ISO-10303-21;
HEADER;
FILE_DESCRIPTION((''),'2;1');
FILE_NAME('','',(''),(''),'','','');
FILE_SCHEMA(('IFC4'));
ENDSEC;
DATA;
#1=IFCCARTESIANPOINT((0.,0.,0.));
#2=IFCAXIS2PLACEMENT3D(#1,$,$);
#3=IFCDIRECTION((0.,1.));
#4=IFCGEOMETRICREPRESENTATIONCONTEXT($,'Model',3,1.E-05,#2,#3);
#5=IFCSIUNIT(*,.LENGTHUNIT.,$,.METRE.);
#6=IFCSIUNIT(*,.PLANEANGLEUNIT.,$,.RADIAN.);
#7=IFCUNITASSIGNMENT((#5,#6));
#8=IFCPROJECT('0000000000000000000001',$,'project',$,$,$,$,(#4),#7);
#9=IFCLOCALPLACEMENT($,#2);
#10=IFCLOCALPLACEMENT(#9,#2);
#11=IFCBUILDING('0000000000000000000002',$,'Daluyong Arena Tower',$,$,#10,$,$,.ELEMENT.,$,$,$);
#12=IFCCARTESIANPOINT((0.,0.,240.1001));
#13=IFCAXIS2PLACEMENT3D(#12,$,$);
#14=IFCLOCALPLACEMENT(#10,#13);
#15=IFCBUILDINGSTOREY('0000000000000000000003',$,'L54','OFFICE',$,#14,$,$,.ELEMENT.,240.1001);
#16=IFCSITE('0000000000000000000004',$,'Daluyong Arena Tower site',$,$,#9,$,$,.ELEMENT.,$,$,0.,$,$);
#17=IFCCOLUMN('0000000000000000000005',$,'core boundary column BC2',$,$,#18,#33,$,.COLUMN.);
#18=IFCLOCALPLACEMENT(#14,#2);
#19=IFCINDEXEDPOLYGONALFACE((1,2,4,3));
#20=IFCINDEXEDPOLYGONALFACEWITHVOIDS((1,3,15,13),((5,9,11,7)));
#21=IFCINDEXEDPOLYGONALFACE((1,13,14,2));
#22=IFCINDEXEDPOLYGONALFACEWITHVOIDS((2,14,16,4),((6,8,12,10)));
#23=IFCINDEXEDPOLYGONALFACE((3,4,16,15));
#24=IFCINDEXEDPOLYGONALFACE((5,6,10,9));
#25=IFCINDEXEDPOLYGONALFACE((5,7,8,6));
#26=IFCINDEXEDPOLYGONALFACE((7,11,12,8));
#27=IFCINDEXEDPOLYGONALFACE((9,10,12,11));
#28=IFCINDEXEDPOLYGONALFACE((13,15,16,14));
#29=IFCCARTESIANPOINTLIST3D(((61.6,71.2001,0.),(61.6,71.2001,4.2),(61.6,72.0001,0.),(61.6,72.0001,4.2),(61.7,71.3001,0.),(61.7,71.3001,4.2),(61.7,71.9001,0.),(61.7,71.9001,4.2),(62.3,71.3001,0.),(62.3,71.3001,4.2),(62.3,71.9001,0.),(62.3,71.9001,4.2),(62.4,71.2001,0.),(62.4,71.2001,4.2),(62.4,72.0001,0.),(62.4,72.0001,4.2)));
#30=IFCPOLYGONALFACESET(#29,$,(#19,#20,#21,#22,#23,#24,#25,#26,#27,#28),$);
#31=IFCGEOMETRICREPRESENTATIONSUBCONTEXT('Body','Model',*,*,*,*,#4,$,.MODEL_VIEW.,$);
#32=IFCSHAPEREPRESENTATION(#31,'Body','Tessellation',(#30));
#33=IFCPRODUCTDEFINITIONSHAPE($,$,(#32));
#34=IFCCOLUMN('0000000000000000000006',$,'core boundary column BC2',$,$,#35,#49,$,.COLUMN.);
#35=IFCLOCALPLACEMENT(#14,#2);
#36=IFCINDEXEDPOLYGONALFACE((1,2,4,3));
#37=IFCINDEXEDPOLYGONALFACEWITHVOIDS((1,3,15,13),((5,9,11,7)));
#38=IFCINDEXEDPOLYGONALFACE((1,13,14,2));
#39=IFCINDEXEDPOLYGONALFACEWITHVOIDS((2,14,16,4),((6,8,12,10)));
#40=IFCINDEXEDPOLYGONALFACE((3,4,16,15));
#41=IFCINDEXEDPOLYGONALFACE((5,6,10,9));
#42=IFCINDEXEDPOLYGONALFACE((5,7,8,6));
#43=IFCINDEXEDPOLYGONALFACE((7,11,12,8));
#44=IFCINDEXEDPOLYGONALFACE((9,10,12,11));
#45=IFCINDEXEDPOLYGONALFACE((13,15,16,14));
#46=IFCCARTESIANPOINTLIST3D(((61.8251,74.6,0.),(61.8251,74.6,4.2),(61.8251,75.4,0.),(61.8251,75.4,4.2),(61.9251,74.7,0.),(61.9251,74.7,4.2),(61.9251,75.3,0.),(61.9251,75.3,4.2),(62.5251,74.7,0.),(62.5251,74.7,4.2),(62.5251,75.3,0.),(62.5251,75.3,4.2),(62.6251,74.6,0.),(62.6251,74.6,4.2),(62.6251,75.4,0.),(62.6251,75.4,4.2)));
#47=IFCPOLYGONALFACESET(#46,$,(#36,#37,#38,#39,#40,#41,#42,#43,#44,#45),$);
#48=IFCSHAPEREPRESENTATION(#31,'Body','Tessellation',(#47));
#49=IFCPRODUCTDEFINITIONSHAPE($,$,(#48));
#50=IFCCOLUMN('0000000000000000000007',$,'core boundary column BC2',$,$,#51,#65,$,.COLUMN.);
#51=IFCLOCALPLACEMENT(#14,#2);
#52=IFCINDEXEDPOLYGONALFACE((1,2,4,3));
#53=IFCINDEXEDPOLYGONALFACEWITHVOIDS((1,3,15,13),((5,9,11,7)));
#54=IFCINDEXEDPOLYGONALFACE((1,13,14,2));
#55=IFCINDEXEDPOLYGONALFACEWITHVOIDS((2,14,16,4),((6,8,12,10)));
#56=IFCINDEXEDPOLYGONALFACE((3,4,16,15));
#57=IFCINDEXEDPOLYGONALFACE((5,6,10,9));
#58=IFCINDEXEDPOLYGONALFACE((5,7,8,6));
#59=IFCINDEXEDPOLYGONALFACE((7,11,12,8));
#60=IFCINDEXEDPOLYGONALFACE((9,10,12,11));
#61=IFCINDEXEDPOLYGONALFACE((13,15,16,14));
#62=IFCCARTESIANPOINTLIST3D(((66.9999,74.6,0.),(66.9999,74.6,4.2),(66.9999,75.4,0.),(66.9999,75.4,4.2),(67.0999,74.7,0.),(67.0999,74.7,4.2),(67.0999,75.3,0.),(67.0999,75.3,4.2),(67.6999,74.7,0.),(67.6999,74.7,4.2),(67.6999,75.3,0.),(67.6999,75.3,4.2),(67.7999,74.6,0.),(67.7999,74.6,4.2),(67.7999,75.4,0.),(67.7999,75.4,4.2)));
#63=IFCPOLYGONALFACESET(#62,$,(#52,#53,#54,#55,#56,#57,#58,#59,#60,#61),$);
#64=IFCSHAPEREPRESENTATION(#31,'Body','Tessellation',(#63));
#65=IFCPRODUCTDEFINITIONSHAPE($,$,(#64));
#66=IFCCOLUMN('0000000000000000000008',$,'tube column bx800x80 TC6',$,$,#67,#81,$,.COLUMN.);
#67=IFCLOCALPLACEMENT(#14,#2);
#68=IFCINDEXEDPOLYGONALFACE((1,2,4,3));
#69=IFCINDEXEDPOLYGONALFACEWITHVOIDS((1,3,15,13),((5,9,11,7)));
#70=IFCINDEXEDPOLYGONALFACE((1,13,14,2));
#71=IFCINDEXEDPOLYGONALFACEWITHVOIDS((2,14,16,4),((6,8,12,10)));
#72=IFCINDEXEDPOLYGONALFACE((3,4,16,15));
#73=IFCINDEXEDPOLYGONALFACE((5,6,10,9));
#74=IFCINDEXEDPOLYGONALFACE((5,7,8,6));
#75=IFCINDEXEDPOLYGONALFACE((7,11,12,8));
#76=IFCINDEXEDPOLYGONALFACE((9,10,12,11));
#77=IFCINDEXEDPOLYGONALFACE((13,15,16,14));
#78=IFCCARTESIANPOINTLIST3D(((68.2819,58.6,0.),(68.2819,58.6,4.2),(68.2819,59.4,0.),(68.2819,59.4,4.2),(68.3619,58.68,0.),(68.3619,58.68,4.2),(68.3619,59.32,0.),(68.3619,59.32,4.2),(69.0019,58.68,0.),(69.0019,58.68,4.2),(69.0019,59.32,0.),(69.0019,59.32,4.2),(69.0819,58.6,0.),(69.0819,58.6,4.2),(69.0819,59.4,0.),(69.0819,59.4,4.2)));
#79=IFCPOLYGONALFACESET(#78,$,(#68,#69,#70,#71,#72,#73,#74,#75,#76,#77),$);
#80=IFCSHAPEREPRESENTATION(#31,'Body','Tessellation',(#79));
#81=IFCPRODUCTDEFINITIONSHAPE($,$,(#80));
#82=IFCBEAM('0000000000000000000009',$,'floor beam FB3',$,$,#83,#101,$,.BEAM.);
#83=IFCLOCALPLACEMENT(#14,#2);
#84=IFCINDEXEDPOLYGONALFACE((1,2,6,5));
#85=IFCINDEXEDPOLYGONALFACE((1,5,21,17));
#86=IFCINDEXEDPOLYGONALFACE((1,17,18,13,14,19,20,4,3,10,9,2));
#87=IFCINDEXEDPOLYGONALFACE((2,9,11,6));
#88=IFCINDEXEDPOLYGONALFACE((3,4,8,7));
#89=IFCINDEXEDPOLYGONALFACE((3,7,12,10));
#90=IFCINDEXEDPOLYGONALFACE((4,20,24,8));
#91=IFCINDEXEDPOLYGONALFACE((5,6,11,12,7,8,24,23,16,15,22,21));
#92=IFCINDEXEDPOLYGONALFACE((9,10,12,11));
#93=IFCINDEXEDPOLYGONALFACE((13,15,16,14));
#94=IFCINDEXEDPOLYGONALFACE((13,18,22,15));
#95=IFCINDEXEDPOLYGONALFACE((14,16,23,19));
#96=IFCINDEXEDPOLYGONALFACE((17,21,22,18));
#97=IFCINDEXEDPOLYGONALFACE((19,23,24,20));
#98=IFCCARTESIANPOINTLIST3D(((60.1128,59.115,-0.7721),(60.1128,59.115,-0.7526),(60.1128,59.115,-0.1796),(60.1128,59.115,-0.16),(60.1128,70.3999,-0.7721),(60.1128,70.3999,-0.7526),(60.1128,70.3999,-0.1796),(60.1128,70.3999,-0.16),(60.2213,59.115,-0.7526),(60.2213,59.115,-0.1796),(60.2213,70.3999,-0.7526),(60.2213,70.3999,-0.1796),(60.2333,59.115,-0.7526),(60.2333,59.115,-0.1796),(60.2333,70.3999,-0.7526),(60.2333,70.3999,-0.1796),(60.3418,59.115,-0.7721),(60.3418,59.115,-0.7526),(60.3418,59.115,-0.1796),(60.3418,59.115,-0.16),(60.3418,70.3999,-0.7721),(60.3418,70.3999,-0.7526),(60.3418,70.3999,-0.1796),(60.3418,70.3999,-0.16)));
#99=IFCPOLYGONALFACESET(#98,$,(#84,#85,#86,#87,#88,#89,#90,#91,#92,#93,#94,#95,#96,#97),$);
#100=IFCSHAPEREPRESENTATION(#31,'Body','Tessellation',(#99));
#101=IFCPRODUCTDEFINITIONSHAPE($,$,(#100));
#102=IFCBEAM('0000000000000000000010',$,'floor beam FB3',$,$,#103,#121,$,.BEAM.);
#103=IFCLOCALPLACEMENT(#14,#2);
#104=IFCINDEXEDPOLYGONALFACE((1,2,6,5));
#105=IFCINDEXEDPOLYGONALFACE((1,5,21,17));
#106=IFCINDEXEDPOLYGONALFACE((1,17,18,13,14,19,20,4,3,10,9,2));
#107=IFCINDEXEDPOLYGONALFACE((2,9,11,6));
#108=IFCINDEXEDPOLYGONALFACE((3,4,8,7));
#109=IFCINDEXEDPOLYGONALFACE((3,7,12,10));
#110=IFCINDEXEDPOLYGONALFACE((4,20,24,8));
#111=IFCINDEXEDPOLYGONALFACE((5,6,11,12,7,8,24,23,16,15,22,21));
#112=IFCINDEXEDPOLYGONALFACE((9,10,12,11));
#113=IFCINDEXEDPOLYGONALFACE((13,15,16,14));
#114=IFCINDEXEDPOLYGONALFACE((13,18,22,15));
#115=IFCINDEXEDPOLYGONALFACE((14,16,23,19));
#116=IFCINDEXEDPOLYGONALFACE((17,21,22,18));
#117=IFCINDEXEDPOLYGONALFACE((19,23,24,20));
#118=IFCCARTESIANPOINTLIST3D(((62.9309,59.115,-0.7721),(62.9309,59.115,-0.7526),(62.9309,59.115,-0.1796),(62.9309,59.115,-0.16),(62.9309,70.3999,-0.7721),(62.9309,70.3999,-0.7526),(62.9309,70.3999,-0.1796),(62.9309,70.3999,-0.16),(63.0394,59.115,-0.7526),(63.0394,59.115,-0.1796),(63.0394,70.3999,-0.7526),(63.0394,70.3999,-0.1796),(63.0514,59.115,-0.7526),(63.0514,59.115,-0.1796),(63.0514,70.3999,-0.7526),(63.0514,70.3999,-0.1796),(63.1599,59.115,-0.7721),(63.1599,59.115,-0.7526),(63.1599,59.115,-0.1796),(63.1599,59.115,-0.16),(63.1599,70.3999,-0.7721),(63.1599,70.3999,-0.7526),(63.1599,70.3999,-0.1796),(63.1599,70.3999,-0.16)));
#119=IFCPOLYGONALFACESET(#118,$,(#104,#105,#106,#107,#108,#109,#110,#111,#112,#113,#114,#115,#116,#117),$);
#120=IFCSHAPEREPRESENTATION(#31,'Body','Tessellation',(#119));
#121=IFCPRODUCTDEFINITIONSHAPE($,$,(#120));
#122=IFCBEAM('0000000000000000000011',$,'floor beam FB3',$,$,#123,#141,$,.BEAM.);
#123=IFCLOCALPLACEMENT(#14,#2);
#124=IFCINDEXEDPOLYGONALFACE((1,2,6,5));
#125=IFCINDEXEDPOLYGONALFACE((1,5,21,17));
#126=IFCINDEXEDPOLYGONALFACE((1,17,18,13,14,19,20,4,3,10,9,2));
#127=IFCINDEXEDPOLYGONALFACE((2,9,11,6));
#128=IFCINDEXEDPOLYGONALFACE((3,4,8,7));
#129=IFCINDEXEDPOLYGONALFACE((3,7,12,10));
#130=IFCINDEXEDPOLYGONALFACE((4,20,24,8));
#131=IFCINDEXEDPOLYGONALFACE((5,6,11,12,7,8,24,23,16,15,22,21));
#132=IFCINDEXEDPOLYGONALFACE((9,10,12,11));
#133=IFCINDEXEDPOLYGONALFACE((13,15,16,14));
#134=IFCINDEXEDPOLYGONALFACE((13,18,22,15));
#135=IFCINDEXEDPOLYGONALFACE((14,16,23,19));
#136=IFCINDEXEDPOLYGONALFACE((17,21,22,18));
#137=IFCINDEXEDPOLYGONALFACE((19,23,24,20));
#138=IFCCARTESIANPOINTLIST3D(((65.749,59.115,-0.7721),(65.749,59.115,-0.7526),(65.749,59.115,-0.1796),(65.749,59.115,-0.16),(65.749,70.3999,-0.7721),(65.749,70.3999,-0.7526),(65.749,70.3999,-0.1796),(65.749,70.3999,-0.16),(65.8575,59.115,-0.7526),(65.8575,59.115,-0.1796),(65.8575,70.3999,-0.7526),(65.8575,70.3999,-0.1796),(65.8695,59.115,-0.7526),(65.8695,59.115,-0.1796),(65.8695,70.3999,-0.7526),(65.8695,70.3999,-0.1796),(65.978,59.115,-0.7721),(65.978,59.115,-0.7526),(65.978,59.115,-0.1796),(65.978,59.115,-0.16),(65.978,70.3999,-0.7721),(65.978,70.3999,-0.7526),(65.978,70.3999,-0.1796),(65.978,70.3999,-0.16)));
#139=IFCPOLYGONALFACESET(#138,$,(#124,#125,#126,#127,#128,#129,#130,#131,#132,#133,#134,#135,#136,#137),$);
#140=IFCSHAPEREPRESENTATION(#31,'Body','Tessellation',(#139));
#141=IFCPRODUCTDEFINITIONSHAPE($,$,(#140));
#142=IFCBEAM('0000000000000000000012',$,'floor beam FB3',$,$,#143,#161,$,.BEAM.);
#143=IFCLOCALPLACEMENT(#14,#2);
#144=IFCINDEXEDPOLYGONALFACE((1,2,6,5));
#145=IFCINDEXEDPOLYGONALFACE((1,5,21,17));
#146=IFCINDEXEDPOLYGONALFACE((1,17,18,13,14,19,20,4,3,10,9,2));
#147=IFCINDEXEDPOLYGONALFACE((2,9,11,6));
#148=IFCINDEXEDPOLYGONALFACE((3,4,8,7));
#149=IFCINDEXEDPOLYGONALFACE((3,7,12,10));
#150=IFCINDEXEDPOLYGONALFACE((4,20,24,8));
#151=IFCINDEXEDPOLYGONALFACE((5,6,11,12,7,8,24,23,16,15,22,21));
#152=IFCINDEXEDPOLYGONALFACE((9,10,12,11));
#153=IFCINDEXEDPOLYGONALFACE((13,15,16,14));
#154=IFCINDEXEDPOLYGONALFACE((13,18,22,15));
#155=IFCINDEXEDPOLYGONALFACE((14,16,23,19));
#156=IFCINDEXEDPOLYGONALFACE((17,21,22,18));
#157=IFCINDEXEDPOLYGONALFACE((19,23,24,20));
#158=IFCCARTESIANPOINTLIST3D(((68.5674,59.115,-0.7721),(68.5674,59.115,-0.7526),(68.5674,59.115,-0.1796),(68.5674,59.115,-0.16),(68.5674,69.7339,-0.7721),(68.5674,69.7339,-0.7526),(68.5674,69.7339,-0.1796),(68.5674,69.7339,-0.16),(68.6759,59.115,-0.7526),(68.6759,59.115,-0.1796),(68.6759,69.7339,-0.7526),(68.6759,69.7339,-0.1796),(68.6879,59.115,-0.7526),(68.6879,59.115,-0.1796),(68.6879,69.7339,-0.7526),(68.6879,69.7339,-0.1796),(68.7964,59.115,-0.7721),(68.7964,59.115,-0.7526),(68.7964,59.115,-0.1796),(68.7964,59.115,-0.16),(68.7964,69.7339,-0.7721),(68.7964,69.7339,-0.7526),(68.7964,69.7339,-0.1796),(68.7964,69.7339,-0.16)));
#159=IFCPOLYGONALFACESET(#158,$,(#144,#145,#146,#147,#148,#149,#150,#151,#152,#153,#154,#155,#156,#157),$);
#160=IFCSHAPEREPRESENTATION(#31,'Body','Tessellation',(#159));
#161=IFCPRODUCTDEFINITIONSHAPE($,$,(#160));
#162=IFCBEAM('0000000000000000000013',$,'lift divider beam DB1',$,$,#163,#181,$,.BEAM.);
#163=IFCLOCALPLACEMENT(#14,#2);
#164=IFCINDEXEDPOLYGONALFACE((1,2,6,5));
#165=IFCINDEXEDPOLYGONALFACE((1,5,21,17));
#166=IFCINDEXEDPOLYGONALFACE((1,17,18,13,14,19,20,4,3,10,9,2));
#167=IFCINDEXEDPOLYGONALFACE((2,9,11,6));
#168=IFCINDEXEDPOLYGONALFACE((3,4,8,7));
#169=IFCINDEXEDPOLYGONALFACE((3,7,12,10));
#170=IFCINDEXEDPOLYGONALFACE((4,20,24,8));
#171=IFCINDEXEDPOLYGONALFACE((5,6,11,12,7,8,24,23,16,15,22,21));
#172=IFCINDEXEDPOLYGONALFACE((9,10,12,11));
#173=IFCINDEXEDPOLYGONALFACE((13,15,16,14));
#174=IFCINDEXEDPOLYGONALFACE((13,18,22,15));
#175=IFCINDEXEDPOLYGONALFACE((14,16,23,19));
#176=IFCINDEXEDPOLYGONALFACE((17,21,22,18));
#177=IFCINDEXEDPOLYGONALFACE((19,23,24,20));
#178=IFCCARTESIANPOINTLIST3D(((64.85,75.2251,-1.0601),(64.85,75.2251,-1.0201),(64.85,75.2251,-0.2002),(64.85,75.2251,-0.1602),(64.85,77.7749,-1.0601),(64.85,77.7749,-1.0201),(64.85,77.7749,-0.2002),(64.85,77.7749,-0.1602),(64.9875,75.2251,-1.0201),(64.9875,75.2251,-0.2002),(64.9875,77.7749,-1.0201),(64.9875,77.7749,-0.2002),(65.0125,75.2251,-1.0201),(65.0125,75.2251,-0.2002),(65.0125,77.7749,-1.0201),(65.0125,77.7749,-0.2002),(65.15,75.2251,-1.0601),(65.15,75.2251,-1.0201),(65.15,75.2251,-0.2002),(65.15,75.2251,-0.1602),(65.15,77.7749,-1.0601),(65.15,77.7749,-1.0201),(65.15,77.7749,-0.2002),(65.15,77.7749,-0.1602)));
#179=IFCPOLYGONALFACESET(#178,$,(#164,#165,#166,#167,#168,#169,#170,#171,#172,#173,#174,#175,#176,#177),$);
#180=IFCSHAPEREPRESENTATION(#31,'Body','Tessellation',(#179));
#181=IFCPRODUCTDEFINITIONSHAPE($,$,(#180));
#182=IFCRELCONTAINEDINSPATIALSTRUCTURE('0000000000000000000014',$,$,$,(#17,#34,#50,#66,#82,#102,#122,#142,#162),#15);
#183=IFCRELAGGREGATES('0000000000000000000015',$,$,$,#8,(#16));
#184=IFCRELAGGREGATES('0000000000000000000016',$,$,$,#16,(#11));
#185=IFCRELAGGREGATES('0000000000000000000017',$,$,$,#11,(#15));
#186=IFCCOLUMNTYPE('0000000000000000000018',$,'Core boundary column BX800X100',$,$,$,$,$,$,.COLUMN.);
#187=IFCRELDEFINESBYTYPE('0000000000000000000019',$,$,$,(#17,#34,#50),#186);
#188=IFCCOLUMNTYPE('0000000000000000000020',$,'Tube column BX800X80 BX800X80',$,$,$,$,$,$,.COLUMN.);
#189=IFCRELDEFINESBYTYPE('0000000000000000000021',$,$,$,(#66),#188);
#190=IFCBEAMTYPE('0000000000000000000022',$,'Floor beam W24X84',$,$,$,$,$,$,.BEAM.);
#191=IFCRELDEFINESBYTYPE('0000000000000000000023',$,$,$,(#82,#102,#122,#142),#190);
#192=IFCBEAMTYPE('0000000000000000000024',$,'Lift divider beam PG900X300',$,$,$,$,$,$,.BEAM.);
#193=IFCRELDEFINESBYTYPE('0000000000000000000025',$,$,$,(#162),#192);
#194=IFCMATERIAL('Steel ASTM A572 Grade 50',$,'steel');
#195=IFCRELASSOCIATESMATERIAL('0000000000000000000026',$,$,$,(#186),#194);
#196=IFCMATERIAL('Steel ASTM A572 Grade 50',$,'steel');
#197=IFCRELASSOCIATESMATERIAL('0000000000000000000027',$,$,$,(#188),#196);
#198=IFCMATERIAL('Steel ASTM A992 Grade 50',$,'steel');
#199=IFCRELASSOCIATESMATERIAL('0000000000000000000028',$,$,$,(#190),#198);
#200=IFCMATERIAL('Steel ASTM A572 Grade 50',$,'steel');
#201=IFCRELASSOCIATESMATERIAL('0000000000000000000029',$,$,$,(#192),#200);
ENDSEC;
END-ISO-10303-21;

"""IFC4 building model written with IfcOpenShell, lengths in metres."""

from ifc_helpers import new_model, si_unit, direction, frame, origin, origin_2d, place, context, subcontext, project, spatial, hollow_rectangle, i_section, extrude, material, material_profile, profile_set, type_object, element, save


model = new_model("IFC4")

# Units and contexts
model_context = context("Model", 3, precision=1e-05, world=origin(), true_north=direction((0.0, 1.0)))
body_context = subcontext(model_context, "Body", "Model", "MODEL_VIEW")
ifc_project = project(units=[si_unit("LENGTHUNIT", "METRE"), si_unit("PLANEANGLEUNIT", "RADIAN")], contexts=[model_context])

# Site, building, storey
site_placement = place(None, origin())
site = spatial("IfcSite", under=ifc_project, at=site_placement, Name="Daluyong Arena Tower site", CompositionType="ELEMENT", RefElevation=0.0)
building_placement = place(site_placement, origin())
building = spatial("IfcBuilding", under=site, at=building_placement, Name="Daluyong Arena Tower", CompositionType="ELEMENT")
storey_placement = place(building_placement, frame((0.0, 0.0, 240.1001)))
storey = spatial("IfcBuildingStorey", under=building, at=storey_placement, Name="L54", Description="OFFICE", CompositionType="ELEMENT", Elevation=240.1001)

# Columns
ifc_material_1 = material(Name="Steel ASTM A572 Grade 50", Category="steel")
ifc_material_profile_1 = material_profile(ifc_material_1, hollow_rectangle(XDim=0.8, YDim=0.8, WallThickness=0.1, at=origin_2d()))
ifc_profile_set_1 = profile_set([ifc_material_profile_1], Name="Steel ASTM A572 Grade 50")
column_type_1 = type_object("IfcColumnType", Name="Core boundary column BX800X100", PredefinedType="COLUMN", material=ifc_profile_set_1)
for number, where, z_axis, x_axis, name in (
    (1, (62.0, 71.6001, 0.0), (0.0, 0.0, 1.0), (1.0, 0.0, 0.0), "core boundary column BC2"),
    (2, (62.2251, 75.0, 0.0), (0.0, 0.0, 1.0), (1.0, 0.0, 0.0), "core boundary column BC2"),
    (3, (67.3999, 75.0, 0.0), (0.0, 0.0, 1.0), (1.0, 0.0, 0.0), "core boundary column BC2"),
):
    element("IfcColumn", number, at=place(storey_placement, frame(where, z_axis=z_axis, x_axis=x_axis)), inside=storey, type_object=column_type_1, Name=name, PredefinedType="COLUMN", context=body_context, shape_type="SweptSolid", body=[
        extrude(hollow_rectangle(XDim=0.8, YDim=0.8, WallThickness=0.1, at=origin_2d()), origin(), (0.0, 0.0, 1.0), 4.2),
    ])
ifc_material_2 = material(Name="Steel ASTM A572 Grade 50", Category="steel")
ifc_material_profile_2 = material_profile(ifc_material_2, hollow_rectangle(XDim=0.8, YDim=0.8, WallThickness=0.08, at=origin_2d()))
ifc_profile_set_2 = profile_set([ifc_material_profile_2], Name="Steel ASTM A572 Grade 50")
column_type_2 = type_object("IfcColumnType", Name="Tube column BX800X80 BX800X80", PredefinedType="COLUMN", material=ifc_profile_set_2)
column_placement = place(storey_placement, frame((68.6819, 59.0, 0.0), z_axis=(0.0, 0.0, 1.0), x_axis=(1.0, 0.0, 0.0)))
element("IfcColumn", 4, at=column_placement, inside=storey, type_object=column_type_2, Name="tube column bx800x80 TC6", PredefinedType="COLUMN", context=body_context, shape_type="SweptSolid", body=[
    extrude(hollow_rectangle(XDim=0.8, YDim=0.8, WallThickness=0.08, at=origin_2d()), origin(), (0.0, 0.0, 1.0), 4.2),
])

# Beams
ifc_material_3 = material(Name="Steel ASTM A992 Grade 50", Category="steel")
ifc_material_profile_3 = material_profile(ifc_material_3, i_section(OverallWidth=0.229, OverallDepth=0.6121, WebThickness=0.012, FlangeThickness=0.0195, at=origin_2d()))
ifc_profile_set_3 = profile_set([ifc_material_profile_3], Name="Steel ASTM A992 Grade 50")
beam_type_1 = type_object("IfcBeamType", Name="Floor beam W24X84", PredefinedType="BEAM", material=ifc_profile_set_3)
for number, where, z_axis, x_axis, name in (
    (5, (60.2273, 59.115, -0.4661), (0.0, 1.0, 0.0), (-1.0, 0.0, 0.0), "floor beam FB3"),
    (6, (63.0454, 59.115, -0.4661), (0.0, 1.0, 0.0), (-1.0, 0.0, 0.0), "floor beam FB3"),
    (7, (65.8635, 59.115, -0.4661), (0.0, 1.0, 0.0), (-1.0, 0.0, 0.0), "floor beam FB3"),
):
    element("IfcBeam", number, at=place(storey_placement, frame(where, z_axis=z_axis, x_axis=x_axis)), inside=storey, type_object=beam_type_1, Name=name, PredefinedType="BEAM", context=body_context, shape_type="SweptSolid", body=[
        extrude(i_section(OverallWidth=0.229, OverallDepth=0.6121, WebThickness=0.012, FlangeThickness=0.0195, at=origin_2d()), origin(), (0.0, 0.0, 1.0), 11.2849),
    ])
beam_1_placement = place(storey_placement, frame((68.6819, 59.115, -0.4661), z_axis=(0.0, 1.0, 0.0), x_axis=(-1.0, 0.0, 0.0)))
element("IfcBeam", 8, at=beam_1_placement, inside=storey, type_object=beam_type_1, Name="floor beam FB3", PredefinedType="BEAM", context=body_context, shape_type="SweptSolid", body=[
    extrude(i_section(OverallWidth=0.229, OverallDepth=0.6121, WebThickness=0.012, FlangeThickness=0.0195, at=origin_2d()), origin(), (0.0, 0.0, 1.0), 10.6189),
])
ifc_material_4 = material(Name="Steel ASTM A572 Grade 50", Category="steel")
ifc_material_profile_4 = material_profile(ifc_material_4, i_section(OverallWidth=0.3, OverallDepth=0.8999, WebThickness=0.025, FlangeThickness=0.04, at=origin_2d()))
ifc_profile_set_4 = profile_set([ifc_material_profile_4], Name="Steel ASTM A572 Grade 50")
beam_type_2 = type_object("IfcBeamType", Name="Lift divider beam PG900X300", PredefinedType="BEAM", material=ifc_profile_set_4)
beam_2_placement = place(storey_placement, frame((65.0, 75.2251, -0.6101), z_axis=(0.0, 1.0, 0.0), x_axis=(-1.0, 0.0, 0.0)))
element("IfcBeam", 9, at=beam_2_placement, inside=storey, type_object=beam_type_2, Name="lift divider beam DB1", PredefinedType="BEAM", context=body_context, shape_type="SweptSolid", body=[
    extrude(i_section(OverallWidth=0.3, OverallDepth=0.8999, WebThickness=0.025, FlangeThickness=0.04, at=origin_2d()), origin(), (0.0, 0.0, 1.0), 2.5498),
])

save(model, "model.ifc")
